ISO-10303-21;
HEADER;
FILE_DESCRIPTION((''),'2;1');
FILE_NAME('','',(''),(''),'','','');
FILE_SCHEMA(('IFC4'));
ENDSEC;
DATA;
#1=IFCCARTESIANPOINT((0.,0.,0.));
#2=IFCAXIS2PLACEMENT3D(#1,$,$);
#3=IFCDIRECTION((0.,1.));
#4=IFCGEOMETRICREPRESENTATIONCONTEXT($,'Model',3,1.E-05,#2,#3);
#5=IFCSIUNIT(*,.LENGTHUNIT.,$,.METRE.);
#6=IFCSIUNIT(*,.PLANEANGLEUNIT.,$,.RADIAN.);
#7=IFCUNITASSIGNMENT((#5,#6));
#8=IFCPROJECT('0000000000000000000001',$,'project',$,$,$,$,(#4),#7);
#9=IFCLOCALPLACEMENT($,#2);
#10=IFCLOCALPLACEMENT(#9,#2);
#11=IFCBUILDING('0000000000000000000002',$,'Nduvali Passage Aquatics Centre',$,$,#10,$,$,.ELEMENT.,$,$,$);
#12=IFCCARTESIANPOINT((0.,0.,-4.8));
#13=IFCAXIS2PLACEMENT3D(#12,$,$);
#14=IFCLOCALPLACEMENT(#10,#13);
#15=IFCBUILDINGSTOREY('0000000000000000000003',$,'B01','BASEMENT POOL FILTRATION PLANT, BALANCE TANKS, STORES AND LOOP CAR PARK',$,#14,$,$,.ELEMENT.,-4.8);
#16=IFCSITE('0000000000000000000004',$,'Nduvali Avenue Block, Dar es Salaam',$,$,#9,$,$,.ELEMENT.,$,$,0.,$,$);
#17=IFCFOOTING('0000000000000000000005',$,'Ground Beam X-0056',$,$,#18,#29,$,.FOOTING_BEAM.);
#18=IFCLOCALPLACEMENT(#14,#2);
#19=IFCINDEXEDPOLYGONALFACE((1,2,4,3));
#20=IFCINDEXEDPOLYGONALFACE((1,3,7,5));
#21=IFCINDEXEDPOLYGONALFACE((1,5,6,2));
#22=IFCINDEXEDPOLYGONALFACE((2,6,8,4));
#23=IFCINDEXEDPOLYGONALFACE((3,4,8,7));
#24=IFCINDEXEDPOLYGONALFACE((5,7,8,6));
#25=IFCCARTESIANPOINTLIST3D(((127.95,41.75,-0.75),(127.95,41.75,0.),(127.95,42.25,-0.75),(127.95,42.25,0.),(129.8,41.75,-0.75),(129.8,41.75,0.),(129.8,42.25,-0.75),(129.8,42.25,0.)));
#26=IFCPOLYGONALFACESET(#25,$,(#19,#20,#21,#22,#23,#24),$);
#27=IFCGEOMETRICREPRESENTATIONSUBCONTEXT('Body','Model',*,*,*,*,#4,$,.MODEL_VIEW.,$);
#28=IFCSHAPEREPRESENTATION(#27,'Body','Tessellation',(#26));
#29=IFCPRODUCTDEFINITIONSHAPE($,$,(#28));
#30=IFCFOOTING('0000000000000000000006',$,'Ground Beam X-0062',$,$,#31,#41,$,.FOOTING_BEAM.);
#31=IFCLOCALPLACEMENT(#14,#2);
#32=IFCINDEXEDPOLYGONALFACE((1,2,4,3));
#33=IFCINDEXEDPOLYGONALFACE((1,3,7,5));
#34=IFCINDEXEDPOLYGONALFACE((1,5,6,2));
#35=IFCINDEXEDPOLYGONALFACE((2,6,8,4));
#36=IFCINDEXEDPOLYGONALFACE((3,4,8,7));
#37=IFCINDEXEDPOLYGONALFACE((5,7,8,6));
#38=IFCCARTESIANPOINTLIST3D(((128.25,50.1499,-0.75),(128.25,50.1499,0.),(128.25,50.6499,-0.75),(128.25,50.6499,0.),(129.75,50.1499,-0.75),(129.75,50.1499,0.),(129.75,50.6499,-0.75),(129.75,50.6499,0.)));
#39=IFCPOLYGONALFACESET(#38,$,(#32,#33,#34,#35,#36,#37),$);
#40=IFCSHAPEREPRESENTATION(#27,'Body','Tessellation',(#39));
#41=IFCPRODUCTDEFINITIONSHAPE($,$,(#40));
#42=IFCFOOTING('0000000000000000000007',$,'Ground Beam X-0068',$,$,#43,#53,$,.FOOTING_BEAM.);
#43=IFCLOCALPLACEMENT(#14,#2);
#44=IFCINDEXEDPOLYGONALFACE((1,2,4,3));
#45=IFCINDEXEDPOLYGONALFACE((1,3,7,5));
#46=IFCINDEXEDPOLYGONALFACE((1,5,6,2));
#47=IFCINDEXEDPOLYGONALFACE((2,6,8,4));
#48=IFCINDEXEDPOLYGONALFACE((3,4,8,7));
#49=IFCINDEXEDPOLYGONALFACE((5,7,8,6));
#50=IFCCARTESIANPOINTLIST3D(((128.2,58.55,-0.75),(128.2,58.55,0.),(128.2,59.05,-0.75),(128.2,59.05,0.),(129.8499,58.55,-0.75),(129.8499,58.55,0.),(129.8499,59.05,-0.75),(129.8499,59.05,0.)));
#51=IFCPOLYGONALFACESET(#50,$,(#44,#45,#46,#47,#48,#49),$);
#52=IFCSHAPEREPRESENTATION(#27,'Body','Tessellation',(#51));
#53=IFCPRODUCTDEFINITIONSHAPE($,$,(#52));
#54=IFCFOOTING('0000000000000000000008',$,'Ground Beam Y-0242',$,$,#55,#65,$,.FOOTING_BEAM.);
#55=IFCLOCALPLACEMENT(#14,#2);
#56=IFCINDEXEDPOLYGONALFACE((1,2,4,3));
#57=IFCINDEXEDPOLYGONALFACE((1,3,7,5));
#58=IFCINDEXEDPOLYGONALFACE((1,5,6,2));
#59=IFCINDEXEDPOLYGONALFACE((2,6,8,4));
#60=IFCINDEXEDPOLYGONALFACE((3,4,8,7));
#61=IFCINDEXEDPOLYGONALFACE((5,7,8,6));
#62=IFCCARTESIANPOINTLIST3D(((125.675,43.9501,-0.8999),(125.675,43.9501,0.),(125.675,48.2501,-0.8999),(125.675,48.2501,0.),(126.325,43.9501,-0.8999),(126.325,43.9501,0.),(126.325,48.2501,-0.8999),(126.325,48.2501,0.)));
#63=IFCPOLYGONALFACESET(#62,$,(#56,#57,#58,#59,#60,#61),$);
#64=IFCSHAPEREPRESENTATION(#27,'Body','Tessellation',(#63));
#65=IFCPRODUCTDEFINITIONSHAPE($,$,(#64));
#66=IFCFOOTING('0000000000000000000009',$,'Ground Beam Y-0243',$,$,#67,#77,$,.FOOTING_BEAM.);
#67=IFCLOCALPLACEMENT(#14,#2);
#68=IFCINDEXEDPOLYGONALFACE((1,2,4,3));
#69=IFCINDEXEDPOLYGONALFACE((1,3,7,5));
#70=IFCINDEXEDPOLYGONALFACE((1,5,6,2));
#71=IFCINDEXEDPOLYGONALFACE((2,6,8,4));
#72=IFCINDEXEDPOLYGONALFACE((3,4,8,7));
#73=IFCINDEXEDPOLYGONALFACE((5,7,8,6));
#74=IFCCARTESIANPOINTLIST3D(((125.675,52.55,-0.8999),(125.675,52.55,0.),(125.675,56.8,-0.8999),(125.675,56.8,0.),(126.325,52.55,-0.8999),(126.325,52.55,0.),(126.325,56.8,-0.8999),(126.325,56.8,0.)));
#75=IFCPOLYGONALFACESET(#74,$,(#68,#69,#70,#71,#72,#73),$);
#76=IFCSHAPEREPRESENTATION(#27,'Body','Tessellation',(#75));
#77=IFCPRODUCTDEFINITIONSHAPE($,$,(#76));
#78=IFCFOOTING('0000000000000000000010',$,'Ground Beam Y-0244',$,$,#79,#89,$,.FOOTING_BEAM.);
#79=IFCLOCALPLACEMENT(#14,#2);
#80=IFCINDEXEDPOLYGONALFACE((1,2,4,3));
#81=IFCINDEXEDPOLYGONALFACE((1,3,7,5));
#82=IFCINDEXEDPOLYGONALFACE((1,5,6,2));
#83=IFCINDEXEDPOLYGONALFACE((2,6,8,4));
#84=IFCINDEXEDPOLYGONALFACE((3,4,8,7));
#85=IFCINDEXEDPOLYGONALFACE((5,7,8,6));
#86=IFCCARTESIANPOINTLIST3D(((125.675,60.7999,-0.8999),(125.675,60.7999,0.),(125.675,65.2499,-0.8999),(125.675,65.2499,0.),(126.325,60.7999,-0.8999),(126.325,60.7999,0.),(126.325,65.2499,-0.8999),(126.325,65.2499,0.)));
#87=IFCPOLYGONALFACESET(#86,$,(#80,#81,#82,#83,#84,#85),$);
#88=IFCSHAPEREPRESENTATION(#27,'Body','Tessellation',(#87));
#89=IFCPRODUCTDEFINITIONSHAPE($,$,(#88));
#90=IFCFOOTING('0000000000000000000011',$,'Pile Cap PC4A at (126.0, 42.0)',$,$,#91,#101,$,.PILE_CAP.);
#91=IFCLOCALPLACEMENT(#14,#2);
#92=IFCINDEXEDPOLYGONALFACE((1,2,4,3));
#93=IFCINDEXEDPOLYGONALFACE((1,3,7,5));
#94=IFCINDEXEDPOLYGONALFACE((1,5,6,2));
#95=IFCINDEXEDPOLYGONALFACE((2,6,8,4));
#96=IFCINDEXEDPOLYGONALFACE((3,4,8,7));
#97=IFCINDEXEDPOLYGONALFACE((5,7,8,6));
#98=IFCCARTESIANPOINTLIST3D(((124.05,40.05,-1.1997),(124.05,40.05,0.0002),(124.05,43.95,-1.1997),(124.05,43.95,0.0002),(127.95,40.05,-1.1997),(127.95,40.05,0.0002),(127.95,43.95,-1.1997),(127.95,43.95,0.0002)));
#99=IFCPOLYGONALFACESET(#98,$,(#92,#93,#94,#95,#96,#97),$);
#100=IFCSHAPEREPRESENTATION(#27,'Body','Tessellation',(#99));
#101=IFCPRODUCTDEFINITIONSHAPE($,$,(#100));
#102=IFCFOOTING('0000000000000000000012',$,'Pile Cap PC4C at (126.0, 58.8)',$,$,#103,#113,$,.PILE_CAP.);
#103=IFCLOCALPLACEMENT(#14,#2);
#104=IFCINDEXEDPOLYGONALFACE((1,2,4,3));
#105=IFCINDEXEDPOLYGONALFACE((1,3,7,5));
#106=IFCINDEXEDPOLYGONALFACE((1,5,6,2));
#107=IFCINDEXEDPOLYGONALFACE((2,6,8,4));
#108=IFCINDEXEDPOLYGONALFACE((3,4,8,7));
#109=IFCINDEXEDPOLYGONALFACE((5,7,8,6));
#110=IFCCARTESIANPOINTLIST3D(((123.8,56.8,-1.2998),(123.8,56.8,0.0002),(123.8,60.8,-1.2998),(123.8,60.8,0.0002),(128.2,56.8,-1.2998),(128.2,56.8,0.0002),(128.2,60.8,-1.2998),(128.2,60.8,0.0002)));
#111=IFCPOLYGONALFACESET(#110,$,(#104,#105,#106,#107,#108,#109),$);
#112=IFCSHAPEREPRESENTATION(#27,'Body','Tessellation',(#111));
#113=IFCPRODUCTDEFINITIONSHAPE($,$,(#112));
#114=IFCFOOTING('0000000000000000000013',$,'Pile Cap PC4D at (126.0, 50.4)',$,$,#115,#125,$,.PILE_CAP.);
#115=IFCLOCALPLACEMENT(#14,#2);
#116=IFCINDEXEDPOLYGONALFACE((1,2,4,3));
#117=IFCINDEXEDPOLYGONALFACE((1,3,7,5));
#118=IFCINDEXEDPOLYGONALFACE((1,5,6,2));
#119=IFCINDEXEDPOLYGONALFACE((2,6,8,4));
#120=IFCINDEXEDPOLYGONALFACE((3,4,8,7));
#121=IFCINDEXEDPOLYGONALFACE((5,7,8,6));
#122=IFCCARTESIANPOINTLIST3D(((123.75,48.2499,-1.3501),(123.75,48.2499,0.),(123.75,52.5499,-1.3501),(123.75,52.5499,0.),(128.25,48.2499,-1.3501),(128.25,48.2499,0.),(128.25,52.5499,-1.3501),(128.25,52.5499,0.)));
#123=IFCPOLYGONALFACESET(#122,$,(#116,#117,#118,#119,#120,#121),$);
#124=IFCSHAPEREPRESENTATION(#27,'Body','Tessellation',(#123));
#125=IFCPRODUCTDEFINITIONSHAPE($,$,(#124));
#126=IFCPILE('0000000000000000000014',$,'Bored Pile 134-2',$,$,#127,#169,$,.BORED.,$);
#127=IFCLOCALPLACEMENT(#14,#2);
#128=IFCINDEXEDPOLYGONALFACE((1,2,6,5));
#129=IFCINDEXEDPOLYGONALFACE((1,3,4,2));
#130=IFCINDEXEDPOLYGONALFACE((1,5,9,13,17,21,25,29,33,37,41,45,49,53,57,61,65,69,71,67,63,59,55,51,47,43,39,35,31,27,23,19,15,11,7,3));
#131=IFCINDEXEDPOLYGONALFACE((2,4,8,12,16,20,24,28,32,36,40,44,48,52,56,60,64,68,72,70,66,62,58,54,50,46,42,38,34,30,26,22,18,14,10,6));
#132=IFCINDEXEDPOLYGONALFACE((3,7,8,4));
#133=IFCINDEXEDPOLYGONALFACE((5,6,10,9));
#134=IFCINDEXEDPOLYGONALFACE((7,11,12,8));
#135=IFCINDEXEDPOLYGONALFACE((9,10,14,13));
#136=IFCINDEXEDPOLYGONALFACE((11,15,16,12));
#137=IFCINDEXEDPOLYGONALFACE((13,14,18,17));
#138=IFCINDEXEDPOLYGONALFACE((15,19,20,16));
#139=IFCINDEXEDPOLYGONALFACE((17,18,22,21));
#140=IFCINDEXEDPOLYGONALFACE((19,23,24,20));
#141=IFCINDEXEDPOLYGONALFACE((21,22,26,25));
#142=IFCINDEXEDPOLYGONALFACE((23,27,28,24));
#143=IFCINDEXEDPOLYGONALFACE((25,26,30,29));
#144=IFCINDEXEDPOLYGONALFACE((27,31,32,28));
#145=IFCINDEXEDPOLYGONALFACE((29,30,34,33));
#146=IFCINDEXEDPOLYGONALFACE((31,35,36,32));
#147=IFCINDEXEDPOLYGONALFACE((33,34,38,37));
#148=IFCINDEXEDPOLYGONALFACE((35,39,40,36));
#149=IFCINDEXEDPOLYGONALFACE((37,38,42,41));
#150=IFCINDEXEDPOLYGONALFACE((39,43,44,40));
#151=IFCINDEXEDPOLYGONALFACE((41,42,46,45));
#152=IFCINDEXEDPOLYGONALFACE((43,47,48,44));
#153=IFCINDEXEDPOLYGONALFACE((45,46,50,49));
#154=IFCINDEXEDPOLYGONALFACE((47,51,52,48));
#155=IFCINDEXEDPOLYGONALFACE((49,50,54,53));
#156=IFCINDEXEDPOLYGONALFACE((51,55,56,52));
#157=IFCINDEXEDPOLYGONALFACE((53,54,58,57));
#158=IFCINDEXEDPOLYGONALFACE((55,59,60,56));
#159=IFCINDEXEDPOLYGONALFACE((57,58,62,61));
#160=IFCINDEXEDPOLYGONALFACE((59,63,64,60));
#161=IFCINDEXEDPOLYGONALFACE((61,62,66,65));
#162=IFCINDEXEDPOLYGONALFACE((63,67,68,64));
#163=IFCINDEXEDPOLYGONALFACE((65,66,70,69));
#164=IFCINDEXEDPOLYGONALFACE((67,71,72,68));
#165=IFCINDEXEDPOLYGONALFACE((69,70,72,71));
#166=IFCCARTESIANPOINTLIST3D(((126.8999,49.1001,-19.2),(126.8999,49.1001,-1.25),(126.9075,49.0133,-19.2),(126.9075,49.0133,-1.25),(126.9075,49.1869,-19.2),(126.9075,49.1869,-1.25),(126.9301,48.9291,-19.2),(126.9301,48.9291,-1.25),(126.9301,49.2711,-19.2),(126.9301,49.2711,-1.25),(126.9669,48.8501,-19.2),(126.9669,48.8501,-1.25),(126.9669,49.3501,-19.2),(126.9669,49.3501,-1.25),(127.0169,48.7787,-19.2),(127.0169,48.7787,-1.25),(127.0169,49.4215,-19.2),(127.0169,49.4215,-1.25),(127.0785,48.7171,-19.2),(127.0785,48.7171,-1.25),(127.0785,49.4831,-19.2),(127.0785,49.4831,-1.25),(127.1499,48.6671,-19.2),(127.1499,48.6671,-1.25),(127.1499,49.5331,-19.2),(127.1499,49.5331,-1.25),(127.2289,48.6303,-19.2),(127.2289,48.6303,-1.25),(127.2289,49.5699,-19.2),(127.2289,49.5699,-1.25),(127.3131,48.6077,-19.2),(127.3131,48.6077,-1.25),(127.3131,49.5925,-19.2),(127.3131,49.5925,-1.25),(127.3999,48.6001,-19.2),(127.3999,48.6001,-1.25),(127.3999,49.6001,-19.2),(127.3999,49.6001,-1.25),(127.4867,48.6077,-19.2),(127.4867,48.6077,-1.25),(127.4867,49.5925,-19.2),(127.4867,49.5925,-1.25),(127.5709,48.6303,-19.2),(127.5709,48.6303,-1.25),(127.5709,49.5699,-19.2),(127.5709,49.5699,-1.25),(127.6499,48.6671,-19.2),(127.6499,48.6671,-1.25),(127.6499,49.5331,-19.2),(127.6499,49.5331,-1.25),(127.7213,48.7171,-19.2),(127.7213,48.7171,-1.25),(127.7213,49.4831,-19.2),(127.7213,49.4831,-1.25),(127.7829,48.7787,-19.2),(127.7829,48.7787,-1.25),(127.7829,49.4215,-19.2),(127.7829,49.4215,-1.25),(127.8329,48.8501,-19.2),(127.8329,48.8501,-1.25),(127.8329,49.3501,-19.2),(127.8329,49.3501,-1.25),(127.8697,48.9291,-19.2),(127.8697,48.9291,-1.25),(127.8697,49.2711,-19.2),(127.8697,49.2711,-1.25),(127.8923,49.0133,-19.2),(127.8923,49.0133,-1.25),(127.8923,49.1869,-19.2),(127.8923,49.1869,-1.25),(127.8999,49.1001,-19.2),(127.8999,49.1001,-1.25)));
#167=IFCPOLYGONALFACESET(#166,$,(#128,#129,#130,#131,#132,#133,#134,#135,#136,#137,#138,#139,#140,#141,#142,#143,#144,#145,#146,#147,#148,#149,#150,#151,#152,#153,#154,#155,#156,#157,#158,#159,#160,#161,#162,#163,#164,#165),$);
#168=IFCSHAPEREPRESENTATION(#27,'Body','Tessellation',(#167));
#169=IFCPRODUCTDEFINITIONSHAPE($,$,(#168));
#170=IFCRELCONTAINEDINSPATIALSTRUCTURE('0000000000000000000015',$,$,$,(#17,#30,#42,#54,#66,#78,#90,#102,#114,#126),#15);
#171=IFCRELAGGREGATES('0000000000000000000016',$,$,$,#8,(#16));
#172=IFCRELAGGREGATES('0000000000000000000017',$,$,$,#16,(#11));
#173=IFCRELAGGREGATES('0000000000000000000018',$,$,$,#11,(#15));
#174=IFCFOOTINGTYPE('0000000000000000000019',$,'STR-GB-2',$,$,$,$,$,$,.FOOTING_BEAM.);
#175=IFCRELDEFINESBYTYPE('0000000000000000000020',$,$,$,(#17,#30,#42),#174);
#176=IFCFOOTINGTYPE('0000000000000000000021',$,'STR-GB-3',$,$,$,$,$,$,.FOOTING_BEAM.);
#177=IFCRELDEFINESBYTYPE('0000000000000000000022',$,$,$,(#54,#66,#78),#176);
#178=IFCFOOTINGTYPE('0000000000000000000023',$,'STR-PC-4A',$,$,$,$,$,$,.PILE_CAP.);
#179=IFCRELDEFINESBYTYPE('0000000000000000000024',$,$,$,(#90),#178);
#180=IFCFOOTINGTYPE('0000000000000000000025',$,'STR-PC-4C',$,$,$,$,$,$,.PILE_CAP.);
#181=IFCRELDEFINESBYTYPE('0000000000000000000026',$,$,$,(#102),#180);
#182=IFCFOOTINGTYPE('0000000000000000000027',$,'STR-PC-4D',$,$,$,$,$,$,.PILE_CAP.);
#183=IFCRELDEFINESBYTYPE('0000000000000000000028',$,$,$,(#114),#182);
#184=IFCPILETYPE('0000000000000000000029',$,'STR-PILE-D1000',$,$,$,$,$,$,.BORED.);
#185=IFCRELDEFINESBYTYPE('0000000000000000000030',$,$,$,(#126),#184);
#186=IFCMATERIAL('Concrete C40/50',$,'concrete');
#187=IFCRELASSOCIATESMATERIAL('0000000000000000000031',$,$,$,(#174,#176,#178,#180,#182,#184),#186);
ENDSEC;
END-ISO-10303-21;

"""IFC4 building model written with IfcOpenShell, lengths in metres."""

from ifc_helpers import new_model, si_unit, direction, frame, origin, origin_2d, place, context, subcontext, project, spatial, rectangle, circle, extrude, material, material_profile, profile_set, type_object, element, save


model = new_model("IFC4")

# Units and contexts
model_context = context("Model", 3, precision=1e-05, world=origin(), true_north=direction((0.0, 1.0)))
body_context = subcontext(model_context, "Body", "Model", "MODEL_VIEW")
ifc_project = project(units=[si_unit("LENGTHUNIT", "METRE"), si_unit("PLANEANGLEUNIT", "RADIAN")], contexts=[model_context])

# Site, building, storey
site_placement = place(None, origin())
site = spatial("IfcSite", under=ifc_project, at=site_placement, Name="Nduvali Avenue Block, Dar es Salaam", CompositionType="ELEMENT", RefElevation=0.0)
building_placement = place(site_placement, origin())
building = spatial("IfcBuilding", under=site, at=building_placement, Name="Nduvali Passage Aquatics Centre", CompositionType="ELEMENT")
storey_placement = place(building_placement, frame((0.0, 0.0, -4.8)))
storey = spatial("IfcBuildingStorey", under=building, at=storey_placement, Name="B01", Description="BASEMENT POOL FILTRATION PLANT, BALANCE TANKS, STORES AND LOOP CAR PARK", CompositionType="ELEMENT", Elevation=-4.8)

# Footings
ifc_material = material(Name="Concrete C40/50", Category="concrete")
footing_type_1 = type_object("IfcFootingType", Name="STR-GB-2", PredefinedType="FOOTING_BEAM", material=ifc_material)
footing_1_placement = place(storey_placement, frame((128.875, 42.0, -0.75), z_axis=(0.0, 0.0, 1.0), x_axis=(1.0, 0.0, 0.0)))
element("IfcFooting", 1, at=footing_1_placement, inside=storey, type_object=footing_type_1, Name="Ground Beam X-0056", PredefinedType="FOOTING_BEAM", context=body_context, shape_type="SweptSolid", body=[
    extrude(rectangle(XDim=1.8501, YDim=0.5, at=origin_2d()), origin(), (0.0, 0.0, 1.0), 0.75),
])
footing_2_placement = place(storey_placement, frame((129.0, 50.3999, -0.75), z_axis=(0.0, 0.0, 1.0), x_axis=(1.0, 0.0, 0.0)))
element("IfcFooting", 2, at=footing_2_placement, inside=storey, type_object=footing_type_1, Name="Ground Beam X-0062", PredefinedType="FOOTING_BEAM", context=body_context, shape_type="SweptSolid", body=[
    extrude(rectangle(XDim=1.5, YDim=0.5, at=origin_2d()), origin(), (0.0, 0.0, 1.0), 0.75),
])
footing_3_placement = place(storey_placement, frame((129.0249, 58.8, -0.75), z_axis=(0.0, 0.0, 1.0), x_axis=(1.0, 0.0, 0.0)))
element("IfcFooting", 3, at=footing_3_placement, inside=storey, type_object=footing_type_1, Name="Ground Beam X-0068", PredefinedType="FOOTING_BEAM", context=body_context, shape_type="SweptSolid", body=[
    extrude(rectangle(XDim=1.6499, YDim=0.5, at=origin_2d()), origin(), (0.0, 0.0, 1.0), 0.75),
])
footing_type_2 = type_object("IfcFootingType", Name="STR-GB-3", PredefinedType="FOOTING_BEAM", material=ifc_material)
footing_4_placement = place(storey_placement, frame((126.0, 46.1001, -0.8999), z_axis=(0.0, 0.0, 1.0), x_axis=(0.0, 1.0, 0.0)))
element("IfcFooting", 4, at=footing_4_placement, inside=storey, type_object=footing_type_2, Name="Ground Beam Y-0242", PredefinedType="FOOTING_BEAM", context=body_context, shape_type="SweptSolid", body=[
    extrude(rectangle(XDim=4.3, YDim=0.6499, at=origin_2d()), origin(), (0.0, 0.0, 1.0), 0.8999),
])
footing_5_placement = place(storey_placement, frame((126.0, 54.675, -0.8999), z_axis=(0.0, 0.0, 1.0), x_axis=(0.0, 1.0, 0.0)))
element("IfcFooting", 5, at=footing_5_placement, inside=storey, type_object=footing_type_2, Name="Ground Beam Y-0243", PredefinedType="FOOTING_BEAM", context=body_context, shape_type="SweptSolid", body=[
    extrude(rectangle(XDim=4.25, YDim=0.6499, at=origin_2d()), origin(), (0.0, 0.0, 1.0), 0.8999),
])
footing_6_placement = place(storey_placement, frame((126.0, 63.0249, -0.8999), z_axis=(0.0, 0.0, 1.0), x_axis=(0.0, 1.0, 0.0)))
element("IfcFooting", 6, at=footing_6_placement, inside=storey, type_object=footing_type_2, Name="Ground Beam Y-0244", PredefinedType="FOOTING_BEAM", context=body_context, shape_type="SweptSolid", body=[
    extrude(rectangle(XDim=4.45, YDim=0.6499, at=origin_2d()), origin(), (0.0, 0.0, 1.0), 0.8999),
])
footing_type_3 = type_object("IfcFootingType", Name="STR-PC-4A", PredefinedType="PILE_CAP", material=ifc_material)
footing_7_placement = place(storey_placement, frame((126.0, 42.0, -1.1997), z_axis=(0.0, 0.0, 1.0), x_axis=(1.0, 0.0, 0.0)))
element("IfcFooting", 7, at=footing_7_placement, inside=storey, type_object=footing_type_3, Name="Pile Cap PC4A at (126.0, 42.0)", PredefinedType="PILE_CAP", context=body_context, shape_type="SweptSolid", body=[
    extrude(rectangle(XDim=3.8999, YDim=3.8999, at=origin_2d()), origin(), (0.0, 0.0, 1.0), 1.2),
])
footing_type_4 = type_object("IfcFootingType", Name="STR-PC-4C", PredefinedType="PILE_CAP", material=ifc_material)
footing_8_placement = place(storey_placement, frame((126.0, 58.8, -1.2998), z_axis=(0.0, 0.0, 1.0), x_axis=(1.0, 0.0, 0.0)))
element("IfcFooting", 8, at=footing_8_placement, inside=storey, type_object=footing_type_4, Name="Pile Cap PC4C at (126.0, 58.8)", PredefinedType="PILE_CAP", context=body_context, shape_type="SweptSolid", body=[
    extrude(rectangle(XDim=4.3999, YDim=4.0, at=origin_2d()), origin(), (0.0, 0.0, 1.0), 1.3),
])
footing_type_5 = type_object("IfcFootingType", Name="STR-PC-4D", PredefinedType="PILE_CAP", material=ifc_material)
footing_9_placement = place(storey_placement, frame((126.0, 50.3999, -1.3501), z_axis=(0.0, 0.0, 1.0), x_axis=(1.0, 0.0, 0.0)))
element("IfcFooting", 9, at=footing_9_placement, inside=storey, type_object=footing_type_5, Name="Pile Cap PC4D at (126.0, 50.4)", PredefinedType="PILE_CAP", context=body_context, shape_type="SweptSolid", body=[
    extrude(rectangle(XDim=4.5, YDim=4.3, at=origin_2d()), origin(), (0.0, 0.0, 1.0), 1.3501),
])

# Pile
ifc_material_profile_1 = material_profile(ifc_material, circle(Radius=0.5, at=origin_2d()), Name="PILE D1000")
ifc_profile_set_1 = profile_set([ifc_material_profile_1], Name="Concrete C40/50")
pile_type_1 = type_object("IfcPileType", Name="STR-PILE-D1000", PredefinedType="BORED", material=ifc_profile_set_1)
for number, where, z_axis, x_axis, name in (
    (10, (127.3999, 49.1001, -1.25), (0.0, 0.0, -1.0), (1.0, 0.0, 0.0), "Bored Pile 134-2"),
):
    element("IfcPile", number, at=place(storey_placement, frame(where, z_axis=z_axis, x_axis=x_axis)), inside=storey, type_object=pile_type_1, Name=name, PredefinedType="BORED", context=body_context, shape_type="SweptSolid", body=[
        extrude(circle(Radius=0.5, at=origin_2d()), origin(), (0.0, 0.0, 1.0), 17.95),
    ])

save(model, "model.ifc")
